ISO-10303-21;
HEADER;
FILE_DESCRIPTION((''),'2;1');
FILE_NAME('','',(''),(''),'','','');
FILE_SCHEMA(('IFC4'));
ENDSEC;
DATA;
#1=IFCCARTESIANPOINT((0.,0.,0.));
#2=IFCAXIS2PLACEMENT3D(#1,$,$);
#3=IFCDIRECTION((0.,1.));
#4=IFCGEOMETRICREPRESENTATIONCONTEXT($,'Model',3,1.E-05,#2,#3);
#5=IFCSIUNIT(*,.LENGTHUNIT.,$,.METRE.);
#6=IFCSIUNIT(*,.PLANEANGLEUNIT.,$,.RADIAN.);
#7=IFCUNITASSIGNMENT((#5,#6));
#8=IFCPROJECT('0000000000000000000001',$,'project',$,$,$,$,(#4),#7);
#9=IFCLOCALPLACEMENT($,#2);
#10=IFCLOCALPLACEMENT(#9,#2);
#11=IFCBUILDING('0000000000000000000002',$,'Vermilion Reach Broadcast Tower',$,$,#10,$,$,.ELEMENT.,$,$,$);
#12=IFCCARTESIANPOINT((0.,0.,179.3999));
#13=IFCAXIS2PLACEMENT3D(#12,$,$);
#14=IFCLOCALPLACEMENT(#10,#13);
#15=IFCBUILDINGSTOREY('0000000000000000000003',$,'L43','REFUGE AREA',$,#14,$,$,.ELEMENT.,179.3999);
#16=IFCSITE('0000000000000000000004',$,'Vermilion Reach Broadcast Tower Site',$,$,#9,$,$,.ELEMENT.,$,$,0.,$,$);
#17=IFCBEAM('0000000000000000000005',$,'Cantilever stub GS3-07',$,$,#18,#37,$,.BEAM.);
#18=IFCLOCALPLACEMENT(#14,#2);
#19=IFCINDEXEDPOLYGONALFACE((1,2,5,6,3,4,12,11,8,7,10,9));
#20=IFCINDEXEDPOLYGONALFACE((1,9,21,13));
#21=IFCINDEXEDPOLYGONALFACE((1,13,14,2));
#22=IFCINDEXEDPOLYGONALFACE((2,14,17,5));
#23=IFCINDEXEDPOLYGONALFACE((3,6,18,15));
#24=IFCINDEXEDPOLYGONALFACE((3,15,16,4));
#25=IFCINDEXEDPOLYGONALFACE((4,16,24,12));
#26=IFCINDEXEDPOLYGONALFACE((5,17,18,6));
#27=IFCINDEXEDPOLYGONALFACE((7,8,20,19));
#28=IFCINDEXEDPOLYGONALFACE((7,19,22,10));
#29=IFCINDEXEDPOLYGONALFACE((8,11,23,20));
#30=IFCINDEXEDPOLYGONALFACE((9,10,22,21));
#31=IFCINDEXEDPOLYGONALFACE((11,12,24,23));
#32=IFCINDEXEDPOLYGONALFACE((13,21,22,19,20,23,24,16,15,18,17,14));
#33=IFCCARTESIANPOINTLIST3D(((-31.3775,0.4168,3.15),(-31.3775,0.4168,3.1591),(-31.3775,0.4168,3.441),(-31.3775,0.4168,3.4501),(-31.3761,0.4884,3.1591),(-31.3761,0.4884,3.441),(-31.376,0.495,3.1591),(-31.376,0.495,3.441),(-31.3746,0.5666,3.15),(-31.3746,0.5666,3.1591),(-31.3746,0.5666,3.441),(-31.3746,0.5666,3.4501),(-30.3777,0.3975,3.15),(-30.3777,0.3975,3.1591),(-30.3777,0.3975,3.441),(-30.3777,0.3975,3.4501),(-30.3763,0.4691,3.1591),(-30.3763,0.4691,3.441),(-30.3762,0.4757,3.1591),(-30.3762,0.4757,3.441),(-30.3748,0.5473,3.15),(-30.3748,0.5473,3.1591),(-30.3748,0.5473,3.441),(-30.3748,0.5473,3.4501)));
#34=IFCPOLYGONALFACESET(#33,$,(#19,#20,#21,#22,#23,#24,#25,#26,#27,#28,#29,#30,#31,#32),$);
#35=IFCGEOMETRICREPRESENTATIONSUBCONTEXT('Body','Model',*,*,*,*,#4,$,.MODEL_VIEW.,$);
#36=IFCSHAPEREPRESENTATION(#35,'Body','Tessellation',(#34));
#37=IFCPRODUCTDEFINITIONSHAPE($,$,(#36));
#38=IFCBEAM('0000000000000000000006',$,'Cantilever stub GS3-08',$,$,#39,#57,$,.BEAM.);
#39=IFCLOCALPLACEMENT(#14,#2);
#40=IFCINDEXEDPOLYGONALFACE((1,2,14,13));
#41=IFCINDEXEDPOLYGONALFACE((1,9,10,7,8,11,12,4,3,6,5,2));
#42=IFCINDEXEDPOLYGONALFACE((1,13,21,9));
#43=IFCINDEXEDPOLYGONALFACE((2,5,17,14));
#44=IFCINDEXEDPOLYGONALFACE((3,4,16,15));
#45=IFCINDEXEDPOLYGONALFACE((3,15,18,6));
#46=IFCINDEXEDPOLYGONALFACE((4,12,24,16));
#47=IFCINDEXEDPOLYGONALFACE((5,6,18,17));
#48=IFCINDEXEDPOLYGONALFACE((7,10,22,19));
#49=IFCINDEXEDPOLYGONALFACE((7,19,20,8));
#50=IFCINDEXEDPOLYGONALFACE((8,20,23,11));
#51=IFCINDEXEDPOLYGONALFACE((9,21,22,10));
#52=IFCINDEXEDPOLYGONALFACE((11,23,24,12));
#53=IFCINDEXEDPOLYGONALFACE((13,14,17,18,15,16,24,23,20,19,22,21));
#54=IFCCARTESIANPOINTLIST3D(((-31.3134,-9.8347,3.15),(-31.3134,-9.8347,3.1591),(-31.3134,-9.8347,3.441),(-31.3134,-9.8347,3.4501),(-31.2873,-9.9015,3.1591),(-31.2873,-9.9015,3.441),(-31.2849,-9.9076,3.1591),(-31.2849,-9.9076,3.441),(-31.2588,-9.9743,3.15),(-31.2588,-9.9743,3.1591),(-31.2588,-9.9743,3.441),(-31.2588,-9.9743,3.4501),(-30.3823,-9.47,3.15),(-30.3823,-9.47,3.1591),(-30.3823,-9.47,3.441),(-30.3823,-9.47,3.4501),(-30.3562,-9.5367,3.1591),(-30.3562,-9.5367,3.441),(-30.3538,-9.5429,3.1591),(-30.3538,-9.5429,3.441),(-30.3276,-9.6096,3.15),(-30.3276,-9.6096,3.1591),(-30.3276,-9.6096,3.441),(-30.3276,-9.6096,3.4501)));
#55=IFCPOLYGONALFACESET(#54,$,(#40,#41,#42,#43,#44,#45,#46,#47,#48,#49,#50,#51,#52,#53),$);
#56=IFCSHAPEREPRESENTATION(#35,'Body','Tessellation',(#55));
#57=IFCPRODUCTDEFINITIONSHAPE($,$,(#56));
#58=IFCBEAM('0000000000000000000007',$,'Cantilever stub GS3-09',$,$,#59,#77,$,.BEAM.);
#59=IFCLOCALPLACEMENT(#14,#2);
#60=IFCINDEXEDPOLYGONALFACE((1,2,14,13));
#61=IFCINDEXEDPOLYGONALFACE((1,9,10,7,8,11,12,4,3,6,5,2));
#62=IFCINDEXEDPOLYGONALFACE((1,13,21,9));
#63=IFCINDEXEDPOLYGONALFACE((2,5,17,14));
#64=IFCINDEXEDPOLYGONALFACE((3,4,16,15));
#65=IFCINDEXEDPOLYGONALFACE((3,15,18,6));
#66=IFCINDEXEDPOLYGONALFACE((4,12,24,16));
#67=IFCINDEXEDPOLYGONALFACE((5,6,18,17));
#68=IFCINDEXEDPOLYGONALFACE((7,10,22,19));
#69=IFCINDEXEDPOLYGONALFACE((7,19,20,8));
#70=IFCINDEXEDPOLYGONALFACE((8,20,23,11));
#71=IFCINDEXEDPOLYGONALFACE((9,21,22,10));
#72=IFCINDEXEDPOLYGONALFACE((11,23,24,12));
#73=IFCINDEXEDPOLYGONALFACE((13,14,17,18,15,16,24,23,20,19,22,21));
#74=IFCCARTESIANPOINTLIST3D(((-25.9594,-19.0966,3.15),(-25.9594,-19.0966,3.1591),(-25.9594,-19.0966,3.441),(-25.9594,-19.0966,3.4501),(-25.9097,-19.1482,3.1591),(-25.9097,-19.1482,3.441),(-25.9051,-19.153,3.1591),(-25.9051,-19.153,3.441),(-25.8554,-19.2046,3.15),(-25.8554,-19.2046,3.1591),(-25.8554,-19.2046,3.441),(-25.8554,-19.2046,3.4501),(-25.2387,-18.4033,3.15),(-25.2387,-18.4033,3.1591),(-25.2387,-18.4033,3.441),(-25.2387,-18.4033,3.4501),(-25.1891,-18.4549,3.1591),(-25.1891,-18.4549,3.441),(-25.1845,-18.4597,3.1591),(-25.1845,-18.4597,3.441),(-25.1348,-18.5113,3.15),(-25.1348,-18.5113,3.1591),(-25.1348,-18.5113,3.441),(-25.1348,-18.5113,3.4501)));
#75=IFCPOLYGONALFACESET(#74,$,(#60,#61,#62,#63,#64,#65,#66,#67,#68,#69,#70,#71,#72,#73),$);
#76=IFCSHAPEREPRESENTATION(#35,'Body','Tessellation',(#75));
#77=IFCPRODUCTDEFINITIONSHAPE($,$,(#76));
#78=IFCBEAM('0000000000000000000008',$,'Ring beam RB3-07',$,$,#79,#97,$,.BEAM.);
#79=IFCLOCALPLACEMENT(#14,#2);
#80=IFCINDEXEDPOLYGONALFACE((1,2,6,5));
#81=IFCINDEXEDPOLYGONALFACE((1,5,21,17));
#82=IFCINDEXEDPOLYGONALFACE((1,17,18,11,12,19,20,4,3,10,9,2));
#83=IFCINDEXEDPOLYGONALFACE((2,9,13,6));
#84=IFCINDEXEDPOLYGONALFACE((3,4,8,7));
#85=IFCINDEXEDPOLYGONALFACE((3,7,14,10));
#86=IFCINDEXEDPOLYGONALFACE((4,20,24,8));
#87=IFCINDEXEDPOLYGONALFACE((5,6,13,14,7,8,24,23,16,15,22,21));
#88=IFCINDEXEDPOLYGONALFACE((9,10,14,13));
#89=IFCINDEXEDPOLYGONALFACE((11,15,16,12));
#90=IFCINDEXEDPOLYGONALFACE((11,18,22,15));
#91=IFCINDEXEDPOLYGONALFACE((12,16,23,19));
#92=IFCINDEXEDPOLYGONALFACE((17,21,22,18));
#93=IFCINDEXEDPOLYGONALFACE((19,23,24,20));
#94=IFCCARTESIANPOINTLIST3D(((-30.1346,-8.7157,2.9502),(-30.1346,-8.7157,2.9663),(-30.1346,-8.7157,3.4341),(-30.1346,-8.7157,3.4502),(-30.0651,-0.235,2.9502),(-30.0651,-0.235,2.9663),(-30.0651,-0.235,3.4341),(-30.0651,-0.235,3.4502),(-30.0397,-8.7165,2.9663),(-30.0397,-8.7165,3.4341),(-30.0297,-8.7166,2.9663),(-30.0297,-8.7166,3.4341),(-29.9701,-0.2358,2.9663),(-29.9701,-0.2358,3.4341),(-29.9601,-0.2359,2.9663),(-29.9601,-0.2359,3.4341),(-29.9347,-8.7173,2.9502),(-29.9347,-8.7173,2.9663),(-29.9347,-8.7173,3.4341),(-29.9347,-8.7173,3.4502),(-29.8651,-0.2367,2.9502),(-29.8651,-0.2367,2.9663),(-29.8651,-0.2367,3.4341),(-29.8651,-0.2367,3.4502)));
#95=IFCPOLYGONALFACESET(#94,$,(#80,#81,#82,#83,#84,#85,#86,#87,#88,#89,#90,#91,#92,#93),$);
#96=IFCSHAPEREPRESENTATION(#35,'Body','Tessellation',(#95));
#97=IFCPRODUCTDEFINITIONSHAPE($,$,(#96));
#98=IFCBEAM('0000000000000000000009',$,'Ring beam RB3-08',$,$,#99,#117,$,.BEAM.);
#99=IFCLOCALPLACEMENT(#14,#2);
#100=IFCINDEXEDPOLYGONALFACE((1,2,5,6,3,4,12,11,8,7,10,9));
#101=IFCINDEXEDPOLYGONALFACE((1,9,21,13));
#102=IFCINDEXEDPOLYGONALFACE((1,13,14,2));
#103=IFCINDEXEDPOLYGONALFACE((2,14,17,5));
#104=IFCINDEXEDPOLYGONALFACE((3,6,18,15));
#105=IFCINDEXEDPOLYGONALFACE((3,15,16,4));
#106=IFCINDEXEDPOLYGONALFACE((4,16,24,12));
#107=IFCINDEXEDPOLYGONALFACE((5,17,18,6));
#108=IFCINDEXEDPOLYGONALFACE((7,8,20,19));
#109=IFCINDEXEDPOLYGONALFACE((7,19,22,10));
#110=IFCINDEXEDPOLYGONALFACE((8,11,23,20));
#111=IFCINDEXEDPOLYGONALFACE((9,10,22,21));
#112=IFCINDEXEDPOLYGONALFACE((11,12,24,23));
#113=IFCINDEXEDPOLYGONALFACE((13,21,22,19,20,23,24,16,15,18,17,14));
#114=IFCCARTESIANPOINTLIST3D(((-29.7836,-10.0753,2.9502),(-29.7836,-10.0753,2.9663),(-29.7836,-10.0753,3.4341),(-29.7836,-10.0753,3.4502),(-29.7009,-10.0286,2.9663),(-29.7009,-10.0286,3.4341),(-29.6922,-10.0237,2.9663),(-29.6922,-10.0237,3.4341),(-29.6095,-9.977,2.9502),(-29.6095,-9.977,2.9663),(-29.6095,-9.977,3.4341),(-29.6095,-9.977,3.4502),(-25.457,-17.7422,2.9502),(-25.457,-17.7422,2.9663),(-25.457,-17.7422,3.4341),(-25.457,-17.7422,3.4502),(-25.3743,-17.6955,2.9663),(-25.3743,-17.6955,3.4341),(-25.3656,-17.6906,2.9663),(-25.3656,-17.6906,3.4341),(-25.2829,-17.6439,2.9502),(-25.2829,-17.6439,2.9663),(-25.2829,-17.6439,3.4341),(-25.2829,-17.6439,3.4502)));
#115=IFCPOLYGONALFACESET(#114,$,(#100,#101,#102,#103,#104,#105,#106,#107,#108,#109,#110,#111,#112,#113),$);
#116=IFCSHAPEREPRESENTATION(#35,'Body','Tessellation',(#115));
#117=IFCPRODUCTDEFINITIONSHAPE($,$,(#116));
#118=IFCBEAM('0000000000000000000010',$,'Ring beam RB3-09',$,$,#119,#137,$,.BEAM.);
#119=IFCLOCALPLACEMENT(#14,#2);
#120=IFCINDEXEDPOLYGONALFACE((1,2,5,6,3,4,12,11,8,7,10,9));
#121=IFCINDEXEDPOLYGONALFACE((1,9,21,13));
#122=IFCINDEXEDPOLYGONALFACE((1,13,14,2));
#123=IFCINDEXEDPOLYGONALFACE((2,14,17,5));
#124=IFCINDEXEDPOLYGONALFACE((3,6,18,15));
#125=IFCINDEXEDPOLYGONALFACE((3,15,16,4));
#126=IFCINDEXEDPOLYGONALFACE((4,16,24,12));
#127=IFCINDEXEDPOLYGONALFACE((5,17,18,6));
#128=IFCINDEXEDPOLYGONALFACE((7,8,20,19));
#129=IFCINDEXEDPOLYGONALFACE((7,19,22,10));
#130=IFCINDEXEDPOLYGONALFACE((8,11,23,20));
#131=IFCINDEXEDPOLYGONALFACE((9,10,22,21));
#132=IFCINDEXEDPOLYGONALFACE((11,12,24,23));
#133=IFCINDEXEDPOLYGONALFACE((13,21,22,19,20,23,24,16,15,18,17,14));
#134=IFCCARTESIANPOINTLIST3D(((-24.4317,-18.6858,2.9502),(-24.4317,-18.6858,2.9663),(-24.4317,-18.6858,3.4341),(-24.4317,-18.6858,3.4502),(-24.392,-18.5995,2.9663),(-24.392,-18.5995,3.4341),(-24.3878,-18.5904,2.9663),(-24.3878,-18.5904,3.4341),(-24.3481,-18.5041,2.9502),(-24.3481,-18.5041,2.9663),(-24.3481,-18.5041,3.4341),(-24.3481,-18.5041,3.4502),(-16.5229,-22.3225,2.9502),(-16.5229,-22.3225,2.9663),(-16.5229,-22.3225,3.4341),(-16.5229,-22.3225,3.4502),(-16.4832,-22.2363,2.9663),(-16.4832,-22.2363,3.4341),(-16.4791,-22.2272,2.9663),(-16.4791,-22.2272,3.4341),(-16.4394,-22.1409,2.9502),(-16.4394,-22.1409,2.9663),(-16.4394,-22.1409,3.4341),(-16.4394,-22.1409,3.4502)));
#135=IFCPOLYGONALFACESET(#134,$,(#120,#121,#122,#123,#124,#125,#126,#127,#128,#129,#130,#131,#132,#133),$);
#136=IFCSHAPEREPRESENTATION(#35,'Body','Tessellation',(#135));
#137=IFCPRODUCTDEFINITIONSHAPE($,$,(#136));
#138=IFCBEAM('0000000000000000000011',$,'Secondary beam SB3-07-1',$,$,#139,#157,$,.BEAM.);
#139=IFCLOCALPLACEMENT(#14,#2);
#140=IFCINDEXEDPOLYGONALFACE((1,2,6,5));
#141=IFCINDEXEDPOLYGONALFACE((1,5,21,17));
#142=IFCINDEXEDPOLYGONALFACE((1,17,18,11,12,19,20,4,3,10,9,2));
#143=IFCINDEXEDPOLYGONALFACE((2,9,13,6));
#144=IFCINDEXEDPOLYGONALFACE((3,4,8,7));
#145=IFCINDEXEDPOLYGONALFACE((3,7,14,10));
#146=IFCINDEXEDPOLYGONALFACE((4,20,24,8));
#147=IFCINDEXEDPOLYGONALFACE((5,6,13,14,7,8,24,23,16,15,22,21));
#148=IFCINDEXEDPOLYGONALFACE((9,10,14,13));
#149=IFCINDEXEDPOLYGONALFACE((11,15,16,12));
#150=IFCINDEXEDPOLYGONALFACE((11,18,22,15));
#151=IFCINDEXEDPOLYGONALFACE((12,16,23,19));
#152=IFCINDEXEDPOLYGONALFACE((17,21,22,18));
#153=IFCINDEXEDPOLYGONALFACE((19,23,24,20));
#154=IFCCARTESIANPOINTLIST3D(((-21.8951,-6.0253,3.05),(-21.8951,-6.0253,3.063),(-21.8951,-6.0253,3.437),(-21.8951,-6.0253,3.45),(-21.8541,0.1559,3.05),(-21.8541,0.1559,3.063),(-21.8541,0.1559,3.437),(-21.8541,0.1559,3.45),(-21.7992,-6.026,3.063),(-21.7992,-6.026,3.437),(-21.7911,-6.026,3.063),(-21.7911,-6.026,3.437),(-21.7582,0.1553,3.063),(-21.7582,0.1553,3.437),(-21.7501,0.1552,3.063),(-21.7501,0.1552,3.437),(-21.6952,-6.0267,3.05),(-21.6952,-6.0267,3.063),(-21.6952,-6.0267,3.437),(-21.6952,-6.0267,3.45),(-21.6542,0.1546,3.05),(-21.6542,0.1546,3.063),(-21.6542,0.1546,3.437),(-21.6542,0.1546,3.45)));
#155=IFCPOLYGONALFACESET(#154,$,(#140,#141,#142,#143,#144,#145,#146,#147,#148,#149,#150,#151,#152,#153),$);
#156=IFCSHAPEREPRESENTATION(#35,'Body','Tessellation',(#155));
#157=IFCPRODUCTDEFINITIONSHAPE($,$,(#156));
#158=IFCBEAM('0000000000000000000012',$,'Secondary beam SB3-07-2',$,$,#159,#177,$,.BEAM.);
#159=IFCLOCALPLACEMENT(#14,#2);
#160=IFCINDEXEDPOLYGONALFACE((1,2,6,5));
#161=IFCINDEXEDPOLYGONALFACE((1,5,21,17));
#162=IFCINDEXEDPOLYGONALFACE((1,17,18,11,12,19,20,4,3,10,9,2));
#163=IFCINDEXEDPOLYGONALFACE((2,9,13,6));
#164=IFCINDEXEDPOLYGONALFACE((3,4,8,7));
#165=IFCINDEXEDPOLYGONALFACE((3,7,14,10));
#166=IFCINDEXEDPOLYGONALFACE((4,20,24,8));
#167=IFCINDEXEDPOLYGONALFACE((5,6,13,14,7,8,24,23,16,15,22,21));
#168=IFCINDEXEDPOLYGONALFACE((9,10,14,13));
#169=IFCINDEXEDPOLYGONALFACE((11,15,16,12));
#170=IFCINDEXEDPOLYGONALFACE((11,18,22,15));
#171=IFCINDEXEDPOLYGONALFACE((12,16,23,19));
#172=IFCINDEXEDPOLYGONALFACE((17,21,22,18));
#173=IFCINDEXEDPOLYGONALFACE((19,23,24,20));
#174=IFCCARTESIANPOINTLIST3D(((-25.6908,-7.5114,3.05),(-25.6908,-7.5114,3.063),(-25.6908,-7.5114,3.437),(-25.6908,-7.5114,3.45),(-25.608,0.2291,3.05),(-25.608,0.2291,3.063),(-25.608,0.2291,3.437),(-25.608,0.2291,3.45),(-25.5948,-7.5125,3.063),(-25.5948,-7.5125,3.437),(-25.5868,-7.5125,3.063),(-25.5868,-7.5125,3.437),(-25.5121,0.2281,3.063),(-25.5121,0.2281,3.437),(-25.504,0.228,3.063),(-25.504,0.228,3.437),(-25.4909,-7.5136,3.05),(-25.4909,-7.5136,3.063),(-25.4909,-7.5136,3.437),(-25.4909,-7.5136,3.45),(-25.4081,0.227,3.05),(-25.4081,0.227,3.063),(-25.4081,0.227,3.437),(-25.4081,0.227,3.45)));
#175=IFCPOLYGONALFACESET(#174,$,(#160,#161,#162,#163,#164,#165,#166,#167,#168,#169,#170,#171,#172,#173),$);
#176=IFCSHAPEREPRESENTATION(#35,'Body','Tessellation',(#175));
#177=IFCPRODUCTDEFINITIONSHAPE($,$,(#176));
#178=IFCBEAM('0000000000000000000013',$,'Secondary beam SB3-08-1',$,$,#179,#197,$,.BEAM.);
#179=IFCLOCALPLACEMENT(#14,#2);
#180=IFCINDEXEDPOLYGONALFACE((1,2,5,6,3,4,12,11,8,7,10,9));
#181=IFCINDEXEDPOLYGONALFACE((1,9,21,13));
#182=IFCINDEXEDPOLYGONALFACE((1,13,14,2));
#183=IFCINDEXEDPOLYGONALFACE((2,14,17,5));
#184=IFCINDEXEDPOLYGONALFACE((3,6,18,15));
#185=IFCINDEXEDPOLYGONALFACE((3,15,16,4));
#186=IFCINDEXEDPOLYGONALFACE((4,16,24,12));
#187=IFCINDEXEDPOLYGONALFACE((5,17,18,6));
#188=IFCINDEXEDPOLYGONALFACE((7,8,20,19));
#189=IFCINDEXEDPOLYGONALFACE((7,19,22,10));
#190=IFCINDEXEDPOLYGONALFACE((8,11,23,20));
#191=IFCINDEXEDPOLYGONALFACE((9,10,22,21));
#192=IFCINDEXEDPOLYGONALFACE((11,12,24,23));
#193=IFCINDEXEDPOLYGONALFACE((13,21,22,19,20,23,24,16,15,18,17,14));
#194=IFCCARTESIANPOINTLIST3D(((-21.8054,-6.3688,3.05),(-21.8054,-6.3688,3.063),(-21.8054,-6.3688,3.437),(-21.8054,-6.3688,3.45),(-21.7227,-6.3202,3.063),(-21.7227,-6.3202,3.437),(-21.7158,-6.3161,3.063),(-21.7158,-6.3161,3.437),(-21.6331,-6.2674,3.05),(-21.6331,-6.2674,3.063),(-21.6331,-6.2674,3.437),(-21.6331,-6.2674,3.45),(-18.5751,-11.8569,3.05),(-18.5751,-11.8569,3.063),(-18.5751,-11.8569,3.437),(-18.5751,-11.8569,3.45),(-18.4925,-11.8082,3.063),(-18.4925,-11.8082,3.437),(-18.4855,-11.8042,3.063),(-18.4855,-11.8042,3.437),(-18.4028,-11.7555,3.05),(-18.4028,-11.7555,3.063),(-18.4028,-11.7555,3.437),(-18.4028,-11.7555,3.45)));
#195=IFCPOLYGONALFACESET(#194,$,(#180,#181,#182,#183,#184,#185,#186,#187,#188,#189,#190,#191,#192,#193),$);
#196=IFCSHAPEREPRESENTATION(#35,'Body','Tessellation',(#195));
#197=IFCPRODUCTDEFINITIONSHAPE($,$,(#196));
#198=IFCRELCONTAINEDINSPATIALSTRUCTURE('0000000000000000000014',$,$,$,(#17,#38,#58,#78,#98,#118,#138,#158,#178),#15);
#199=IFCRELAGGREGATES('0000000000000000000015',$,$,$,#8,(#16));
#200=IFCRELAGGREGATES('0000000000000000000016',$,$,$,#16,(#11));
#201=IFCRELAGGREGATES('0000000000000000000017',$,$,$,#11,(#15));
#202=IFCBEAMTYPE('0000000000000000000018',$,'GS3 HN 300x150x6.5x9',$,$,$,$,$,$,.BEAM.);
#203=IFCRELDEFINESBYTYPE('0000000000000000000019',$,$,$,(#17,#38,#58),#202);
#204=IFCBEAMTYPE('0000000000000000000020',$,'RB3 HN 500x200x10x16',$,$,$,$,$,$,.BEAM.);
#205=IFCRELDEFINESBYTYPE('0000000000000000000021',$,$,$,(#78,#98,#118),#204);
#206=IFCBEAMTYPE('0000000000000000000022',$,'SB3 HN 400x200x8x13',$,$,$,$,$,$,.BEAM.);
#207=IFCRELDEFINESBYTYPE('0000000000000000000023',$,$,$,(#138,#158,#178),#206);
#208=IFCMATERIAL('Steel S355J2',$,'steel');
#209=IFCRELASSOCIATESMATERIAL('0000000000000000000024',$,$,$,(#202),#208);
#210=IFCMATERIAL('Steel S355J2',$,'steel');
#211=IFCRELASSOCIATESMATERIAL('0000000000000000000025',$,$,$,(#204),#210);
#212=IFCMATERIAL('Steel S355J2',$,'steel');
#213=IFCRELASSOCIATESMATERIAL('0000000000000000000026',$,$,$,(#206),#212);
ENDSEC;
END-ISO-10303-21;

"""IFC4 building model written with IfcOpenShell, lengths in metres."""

from ifc_helpers import new_model, si_unit, direction, frame, origin, origin_2d, place, context, subcontext, project, spatial, i_section, extrude, material, material_profile, profile_set, type_object, element, save


model = new_model("IFC4")

# Units and contexts
model_context = context("Model", 3, precision=1e-05, world=origin(), true_north=direction((0.0, 1.0)))
body_context = subcontext(model_context, "Body", "Model", "MODEL_VIEW")
ifc_project = project(units=[si_unit("LENGTHUNIT", "METRE"), si_unit("PLANEANGLEUNIT", "RADIAN")], contexts=[model_context])

# Site, building, storey
site_placement = place(None, origin())
site = spatial("IfcSite", under=ifc_project, at=site_placement, Name="Vermilion Reach Broadcast Tower Site", CompositionType="ELEMENT", RefElevation=0.0)
building_placement = place(site_placement, origin())
building = spatial("IfcBuilding", under=site, at=building_placement, Name="Vermilion Reach Broadcast Tower", CompositionType="ELEMENT")
storey_placement = place(building_placement, frame((0.0, 0.0, 179.3999)))
storey = spatial("IfcBuildingStorey", under=building, at=storey_placement, Name="L43", Description="REFUGE AREA", CompositionType="ELEMENT", Elevation=179.3999)

# Beams
ifc_material_1 = material(Name="Steel S355J2", Category="steel")
ifc_material_profile_1 = material_profile(ifc_material_1, i_section(OverallWidth=0.1499, OverallDepth=0.3, WebThickness=0.0066, FlangeThickness=0.009, at=origin_2d()), Name="S355J2 HN 300x150x6.5x9")
ifc_profile_set_1 = profile_set([ifc_material_profile_1], Name="Steel S355J2")
beam_type_1 = type_object("IfcBeamType", Name="GS3 HN 300x150x6.5x9", PredefinedType="BEAM", material=ifc_profile_set_1)
for number, where, z_axis, x_axis, name in (
    (1, (-30.3762, 0.4724, 3.3), (-0.999814, 0.019288, 0.0), (-0.019288, -0.999814, 0.0), "Cantilever stub GS3-07"),
    (2, (-30.355, -9.5398, 3.3), (-0.931113, -0.364731, 0.0), (0.364731, -0.931113, 0.0), "Cantilever stub GS3-08"),
    (3, (-25.1868, -18.4573, 3.3), (-0.720645, -0.693304, 0.0), (0.693304, -0.720645, 0.0), "Cantilever stub GS3-09"),
):
    element("IfcBeam", number, at=place(storey_placement, frame(where, z_axis=z_axis, x_axis=x_axis)), inside=storey, type_object=beam_type_1, Name=name, PredefinedType="BEAM", context=body_context, shape_type="SweptSolid", body=[
        extrude(i_section(OverallWidth=0.1499, OverallDepth=0.3, WebThickness=0.0066, FlangeThickness=0.009, at=origin_2d()), origin(), (0.0, 0.0, 1.0), 1.0),
    ])
ifc_material_2 = material(Name="Steel S355J2", Category="steel")
ifc_material_profile_2 = material_profile(ifc_material_2, i_section(OverallWidth=0.2, OverallDepth=0.5, WebThickness=0.01, FlangeThickness=0.0161, at=origin_2d()), Name="S355J2 HN 500x200x10x16")
ifc_profile_set_2 = profile_set([ifc_material_profile_2], Name="Steel S355J2")
beam_type_2 = type_object("IfcBeamType", Name="RB3 HN 500x200x10x16", PredefinedType="BEAM", material=ifc_profile_set_2)
beam_1_placement = place(storey_placement, frame((-29.9651, -0.2358, 3.2002), z_axis=(-0.008204, -0.999966, 0.0), x_axis=(0.999966, -0.008204, 0.0)))
element("IfcBeam", 4, at=beam_1_placement, inside=storey, type_object=beam_type_2, Name="Ring beam RB3-07", PredefinedType="BEAM", context=body_context, shape_type="SweptSolid", body=[
    extrude(i_section(OverallWidth=0.2, OverallDepth=0.5, WebThickness=0.01, FlangeThickness=0.0161, at=origin_2d()), origin(), (0.0, 0.0, 1.0), 8.481),
])
beam_2_placement = place(storey_placement, frame((-29.6965, -10.0261, 3.2002), z_axis=(0.491467, -0.870896, 0.0), x_axis=(0.870896, 0.491467, 0.0)))
element("IfcBeam", 5, at=beam_2_placement, inside=storey, type_object=beam_type_2, Name="Ring beam RB3-08", PredefinedType="BEAM", context=body_context, shape_type="SweptSolid", body=[
    extrude(i_section(OverallWidth=0.2, OverallDepth=0.5, WebThickness=0.01, FlangeThickness=0.0161, at=origin_2d()), origin(), (0.0, 0.0, 1.0), 8.8035),
])
beam_3_placement = place(storey_placement, frame((-24.3899, -18.595, 3.2002), z_axis=(0.908546, -0.417784, 0.0), x_axis=(0.417784, 0.908546, 0.0)))
element("IfcBeam", 6, at=beam_3_placement, inside=storey, type_object=beam_type_2, Name="Ring beam RB3-09", PredefinedType="BEAM", context=body_context, shape_type="SweptSolid", body=[
    extrude(i_section(OverallWidth=0.2, OverallDepth=0.5, WebThickness=0.01, FlangeThickness=0.0161, at=origin_2d()), origin(), (0.0, 0.0, 1.0), 8.7048),
])
ifc_material_3 = material(Name="Steel S355J2", Category="steel")
ifc_material_profile_3 = material_profile(ifc_material_3, i_section(OverallWidth=0.2, OverallDepth=0.3999, WebThickness=0.0081, FlangeThickness=0.0129, at=origin_2d()), Name="S355J2 HN 400x200x8x13")
ifc_profile_set_3 = profile_set([ifc_material_profile_3], Name="Steel S355J2")
beam_type_3 = type_object("IfcBeamType", Name="SB3 HN 400x200x8x13", PredefinedType="BEAM", material=ifc_profile_set_3)
beam_4_placement = place(storey_placement, frame((-21.7542, 0.1553, 3.25), z_axis=(-0.006635, -0.999978, 0.0), x_axis=(0.999978, -0.006635, 0.0)))
element("IfcBeam", 7, at=beam_4_placement, inside=storey, type_object=beam_type_3, Name="Secondary beam SB3-07-1", PredefinedType="BEAM", context=body_context, shape_type="SweptSolid", body=[
    extrude(i_section(OverallWidth=0.2, OverallDepth=0.3999, WebThickness=0.0081, FlangeThickness=0.0129, at=origin_2d()), origin(), (0.0, 0.0, 1.0), 6.1814),
])
beam_5_placement = place(storey_placement, frame((-25.5081, 0.228, 3.25), z_axis=(-0.010692, -0.999943, 0.0), x_axis=(0.999943, -0.010692, 0.0)))
element("IfcBeam", 8, at=beam_5_placement, inside=storey, type_object=beam_type_3, Name="Secondary beam SB3-07-2", PredefinedType="BEAM", context=body_context, shape_type="SweptSolid", body=[
    extrude(i_section(OverallWidth=0.2, OverallDepth=0.3999, WebThickness=0.0081, FlangeThickness=0.0129, at=origin_2d()), origin(), (0.0, 0.0, 1.0), 7.741),
])
beam_6_placement = place(storey_placement, frame((-21.7192, -6.3181, 3.25), z_axis=(0.50725, -0.861799, 0.0), x_axis=(0.861799, 0.50725, 0.0)))
element("IfcBeam", 9, at=beam_6_placement, inside=storey, type_object=beam_type_3, Name="Secondary beam SB3-08-1", PredefinedType="BEAM", context=body_context, shape_type="SweptSolid", body=[
    extrude(i_section(OverallWidth=0.2, OverallDepth=0.3999, WebThickness=0.0081, FlangeThickness=0.0129, at=origin_2d()), origin(), (0.0, 0.0, 1.0), 6.3682),
])

save(model, "model.ifc")
